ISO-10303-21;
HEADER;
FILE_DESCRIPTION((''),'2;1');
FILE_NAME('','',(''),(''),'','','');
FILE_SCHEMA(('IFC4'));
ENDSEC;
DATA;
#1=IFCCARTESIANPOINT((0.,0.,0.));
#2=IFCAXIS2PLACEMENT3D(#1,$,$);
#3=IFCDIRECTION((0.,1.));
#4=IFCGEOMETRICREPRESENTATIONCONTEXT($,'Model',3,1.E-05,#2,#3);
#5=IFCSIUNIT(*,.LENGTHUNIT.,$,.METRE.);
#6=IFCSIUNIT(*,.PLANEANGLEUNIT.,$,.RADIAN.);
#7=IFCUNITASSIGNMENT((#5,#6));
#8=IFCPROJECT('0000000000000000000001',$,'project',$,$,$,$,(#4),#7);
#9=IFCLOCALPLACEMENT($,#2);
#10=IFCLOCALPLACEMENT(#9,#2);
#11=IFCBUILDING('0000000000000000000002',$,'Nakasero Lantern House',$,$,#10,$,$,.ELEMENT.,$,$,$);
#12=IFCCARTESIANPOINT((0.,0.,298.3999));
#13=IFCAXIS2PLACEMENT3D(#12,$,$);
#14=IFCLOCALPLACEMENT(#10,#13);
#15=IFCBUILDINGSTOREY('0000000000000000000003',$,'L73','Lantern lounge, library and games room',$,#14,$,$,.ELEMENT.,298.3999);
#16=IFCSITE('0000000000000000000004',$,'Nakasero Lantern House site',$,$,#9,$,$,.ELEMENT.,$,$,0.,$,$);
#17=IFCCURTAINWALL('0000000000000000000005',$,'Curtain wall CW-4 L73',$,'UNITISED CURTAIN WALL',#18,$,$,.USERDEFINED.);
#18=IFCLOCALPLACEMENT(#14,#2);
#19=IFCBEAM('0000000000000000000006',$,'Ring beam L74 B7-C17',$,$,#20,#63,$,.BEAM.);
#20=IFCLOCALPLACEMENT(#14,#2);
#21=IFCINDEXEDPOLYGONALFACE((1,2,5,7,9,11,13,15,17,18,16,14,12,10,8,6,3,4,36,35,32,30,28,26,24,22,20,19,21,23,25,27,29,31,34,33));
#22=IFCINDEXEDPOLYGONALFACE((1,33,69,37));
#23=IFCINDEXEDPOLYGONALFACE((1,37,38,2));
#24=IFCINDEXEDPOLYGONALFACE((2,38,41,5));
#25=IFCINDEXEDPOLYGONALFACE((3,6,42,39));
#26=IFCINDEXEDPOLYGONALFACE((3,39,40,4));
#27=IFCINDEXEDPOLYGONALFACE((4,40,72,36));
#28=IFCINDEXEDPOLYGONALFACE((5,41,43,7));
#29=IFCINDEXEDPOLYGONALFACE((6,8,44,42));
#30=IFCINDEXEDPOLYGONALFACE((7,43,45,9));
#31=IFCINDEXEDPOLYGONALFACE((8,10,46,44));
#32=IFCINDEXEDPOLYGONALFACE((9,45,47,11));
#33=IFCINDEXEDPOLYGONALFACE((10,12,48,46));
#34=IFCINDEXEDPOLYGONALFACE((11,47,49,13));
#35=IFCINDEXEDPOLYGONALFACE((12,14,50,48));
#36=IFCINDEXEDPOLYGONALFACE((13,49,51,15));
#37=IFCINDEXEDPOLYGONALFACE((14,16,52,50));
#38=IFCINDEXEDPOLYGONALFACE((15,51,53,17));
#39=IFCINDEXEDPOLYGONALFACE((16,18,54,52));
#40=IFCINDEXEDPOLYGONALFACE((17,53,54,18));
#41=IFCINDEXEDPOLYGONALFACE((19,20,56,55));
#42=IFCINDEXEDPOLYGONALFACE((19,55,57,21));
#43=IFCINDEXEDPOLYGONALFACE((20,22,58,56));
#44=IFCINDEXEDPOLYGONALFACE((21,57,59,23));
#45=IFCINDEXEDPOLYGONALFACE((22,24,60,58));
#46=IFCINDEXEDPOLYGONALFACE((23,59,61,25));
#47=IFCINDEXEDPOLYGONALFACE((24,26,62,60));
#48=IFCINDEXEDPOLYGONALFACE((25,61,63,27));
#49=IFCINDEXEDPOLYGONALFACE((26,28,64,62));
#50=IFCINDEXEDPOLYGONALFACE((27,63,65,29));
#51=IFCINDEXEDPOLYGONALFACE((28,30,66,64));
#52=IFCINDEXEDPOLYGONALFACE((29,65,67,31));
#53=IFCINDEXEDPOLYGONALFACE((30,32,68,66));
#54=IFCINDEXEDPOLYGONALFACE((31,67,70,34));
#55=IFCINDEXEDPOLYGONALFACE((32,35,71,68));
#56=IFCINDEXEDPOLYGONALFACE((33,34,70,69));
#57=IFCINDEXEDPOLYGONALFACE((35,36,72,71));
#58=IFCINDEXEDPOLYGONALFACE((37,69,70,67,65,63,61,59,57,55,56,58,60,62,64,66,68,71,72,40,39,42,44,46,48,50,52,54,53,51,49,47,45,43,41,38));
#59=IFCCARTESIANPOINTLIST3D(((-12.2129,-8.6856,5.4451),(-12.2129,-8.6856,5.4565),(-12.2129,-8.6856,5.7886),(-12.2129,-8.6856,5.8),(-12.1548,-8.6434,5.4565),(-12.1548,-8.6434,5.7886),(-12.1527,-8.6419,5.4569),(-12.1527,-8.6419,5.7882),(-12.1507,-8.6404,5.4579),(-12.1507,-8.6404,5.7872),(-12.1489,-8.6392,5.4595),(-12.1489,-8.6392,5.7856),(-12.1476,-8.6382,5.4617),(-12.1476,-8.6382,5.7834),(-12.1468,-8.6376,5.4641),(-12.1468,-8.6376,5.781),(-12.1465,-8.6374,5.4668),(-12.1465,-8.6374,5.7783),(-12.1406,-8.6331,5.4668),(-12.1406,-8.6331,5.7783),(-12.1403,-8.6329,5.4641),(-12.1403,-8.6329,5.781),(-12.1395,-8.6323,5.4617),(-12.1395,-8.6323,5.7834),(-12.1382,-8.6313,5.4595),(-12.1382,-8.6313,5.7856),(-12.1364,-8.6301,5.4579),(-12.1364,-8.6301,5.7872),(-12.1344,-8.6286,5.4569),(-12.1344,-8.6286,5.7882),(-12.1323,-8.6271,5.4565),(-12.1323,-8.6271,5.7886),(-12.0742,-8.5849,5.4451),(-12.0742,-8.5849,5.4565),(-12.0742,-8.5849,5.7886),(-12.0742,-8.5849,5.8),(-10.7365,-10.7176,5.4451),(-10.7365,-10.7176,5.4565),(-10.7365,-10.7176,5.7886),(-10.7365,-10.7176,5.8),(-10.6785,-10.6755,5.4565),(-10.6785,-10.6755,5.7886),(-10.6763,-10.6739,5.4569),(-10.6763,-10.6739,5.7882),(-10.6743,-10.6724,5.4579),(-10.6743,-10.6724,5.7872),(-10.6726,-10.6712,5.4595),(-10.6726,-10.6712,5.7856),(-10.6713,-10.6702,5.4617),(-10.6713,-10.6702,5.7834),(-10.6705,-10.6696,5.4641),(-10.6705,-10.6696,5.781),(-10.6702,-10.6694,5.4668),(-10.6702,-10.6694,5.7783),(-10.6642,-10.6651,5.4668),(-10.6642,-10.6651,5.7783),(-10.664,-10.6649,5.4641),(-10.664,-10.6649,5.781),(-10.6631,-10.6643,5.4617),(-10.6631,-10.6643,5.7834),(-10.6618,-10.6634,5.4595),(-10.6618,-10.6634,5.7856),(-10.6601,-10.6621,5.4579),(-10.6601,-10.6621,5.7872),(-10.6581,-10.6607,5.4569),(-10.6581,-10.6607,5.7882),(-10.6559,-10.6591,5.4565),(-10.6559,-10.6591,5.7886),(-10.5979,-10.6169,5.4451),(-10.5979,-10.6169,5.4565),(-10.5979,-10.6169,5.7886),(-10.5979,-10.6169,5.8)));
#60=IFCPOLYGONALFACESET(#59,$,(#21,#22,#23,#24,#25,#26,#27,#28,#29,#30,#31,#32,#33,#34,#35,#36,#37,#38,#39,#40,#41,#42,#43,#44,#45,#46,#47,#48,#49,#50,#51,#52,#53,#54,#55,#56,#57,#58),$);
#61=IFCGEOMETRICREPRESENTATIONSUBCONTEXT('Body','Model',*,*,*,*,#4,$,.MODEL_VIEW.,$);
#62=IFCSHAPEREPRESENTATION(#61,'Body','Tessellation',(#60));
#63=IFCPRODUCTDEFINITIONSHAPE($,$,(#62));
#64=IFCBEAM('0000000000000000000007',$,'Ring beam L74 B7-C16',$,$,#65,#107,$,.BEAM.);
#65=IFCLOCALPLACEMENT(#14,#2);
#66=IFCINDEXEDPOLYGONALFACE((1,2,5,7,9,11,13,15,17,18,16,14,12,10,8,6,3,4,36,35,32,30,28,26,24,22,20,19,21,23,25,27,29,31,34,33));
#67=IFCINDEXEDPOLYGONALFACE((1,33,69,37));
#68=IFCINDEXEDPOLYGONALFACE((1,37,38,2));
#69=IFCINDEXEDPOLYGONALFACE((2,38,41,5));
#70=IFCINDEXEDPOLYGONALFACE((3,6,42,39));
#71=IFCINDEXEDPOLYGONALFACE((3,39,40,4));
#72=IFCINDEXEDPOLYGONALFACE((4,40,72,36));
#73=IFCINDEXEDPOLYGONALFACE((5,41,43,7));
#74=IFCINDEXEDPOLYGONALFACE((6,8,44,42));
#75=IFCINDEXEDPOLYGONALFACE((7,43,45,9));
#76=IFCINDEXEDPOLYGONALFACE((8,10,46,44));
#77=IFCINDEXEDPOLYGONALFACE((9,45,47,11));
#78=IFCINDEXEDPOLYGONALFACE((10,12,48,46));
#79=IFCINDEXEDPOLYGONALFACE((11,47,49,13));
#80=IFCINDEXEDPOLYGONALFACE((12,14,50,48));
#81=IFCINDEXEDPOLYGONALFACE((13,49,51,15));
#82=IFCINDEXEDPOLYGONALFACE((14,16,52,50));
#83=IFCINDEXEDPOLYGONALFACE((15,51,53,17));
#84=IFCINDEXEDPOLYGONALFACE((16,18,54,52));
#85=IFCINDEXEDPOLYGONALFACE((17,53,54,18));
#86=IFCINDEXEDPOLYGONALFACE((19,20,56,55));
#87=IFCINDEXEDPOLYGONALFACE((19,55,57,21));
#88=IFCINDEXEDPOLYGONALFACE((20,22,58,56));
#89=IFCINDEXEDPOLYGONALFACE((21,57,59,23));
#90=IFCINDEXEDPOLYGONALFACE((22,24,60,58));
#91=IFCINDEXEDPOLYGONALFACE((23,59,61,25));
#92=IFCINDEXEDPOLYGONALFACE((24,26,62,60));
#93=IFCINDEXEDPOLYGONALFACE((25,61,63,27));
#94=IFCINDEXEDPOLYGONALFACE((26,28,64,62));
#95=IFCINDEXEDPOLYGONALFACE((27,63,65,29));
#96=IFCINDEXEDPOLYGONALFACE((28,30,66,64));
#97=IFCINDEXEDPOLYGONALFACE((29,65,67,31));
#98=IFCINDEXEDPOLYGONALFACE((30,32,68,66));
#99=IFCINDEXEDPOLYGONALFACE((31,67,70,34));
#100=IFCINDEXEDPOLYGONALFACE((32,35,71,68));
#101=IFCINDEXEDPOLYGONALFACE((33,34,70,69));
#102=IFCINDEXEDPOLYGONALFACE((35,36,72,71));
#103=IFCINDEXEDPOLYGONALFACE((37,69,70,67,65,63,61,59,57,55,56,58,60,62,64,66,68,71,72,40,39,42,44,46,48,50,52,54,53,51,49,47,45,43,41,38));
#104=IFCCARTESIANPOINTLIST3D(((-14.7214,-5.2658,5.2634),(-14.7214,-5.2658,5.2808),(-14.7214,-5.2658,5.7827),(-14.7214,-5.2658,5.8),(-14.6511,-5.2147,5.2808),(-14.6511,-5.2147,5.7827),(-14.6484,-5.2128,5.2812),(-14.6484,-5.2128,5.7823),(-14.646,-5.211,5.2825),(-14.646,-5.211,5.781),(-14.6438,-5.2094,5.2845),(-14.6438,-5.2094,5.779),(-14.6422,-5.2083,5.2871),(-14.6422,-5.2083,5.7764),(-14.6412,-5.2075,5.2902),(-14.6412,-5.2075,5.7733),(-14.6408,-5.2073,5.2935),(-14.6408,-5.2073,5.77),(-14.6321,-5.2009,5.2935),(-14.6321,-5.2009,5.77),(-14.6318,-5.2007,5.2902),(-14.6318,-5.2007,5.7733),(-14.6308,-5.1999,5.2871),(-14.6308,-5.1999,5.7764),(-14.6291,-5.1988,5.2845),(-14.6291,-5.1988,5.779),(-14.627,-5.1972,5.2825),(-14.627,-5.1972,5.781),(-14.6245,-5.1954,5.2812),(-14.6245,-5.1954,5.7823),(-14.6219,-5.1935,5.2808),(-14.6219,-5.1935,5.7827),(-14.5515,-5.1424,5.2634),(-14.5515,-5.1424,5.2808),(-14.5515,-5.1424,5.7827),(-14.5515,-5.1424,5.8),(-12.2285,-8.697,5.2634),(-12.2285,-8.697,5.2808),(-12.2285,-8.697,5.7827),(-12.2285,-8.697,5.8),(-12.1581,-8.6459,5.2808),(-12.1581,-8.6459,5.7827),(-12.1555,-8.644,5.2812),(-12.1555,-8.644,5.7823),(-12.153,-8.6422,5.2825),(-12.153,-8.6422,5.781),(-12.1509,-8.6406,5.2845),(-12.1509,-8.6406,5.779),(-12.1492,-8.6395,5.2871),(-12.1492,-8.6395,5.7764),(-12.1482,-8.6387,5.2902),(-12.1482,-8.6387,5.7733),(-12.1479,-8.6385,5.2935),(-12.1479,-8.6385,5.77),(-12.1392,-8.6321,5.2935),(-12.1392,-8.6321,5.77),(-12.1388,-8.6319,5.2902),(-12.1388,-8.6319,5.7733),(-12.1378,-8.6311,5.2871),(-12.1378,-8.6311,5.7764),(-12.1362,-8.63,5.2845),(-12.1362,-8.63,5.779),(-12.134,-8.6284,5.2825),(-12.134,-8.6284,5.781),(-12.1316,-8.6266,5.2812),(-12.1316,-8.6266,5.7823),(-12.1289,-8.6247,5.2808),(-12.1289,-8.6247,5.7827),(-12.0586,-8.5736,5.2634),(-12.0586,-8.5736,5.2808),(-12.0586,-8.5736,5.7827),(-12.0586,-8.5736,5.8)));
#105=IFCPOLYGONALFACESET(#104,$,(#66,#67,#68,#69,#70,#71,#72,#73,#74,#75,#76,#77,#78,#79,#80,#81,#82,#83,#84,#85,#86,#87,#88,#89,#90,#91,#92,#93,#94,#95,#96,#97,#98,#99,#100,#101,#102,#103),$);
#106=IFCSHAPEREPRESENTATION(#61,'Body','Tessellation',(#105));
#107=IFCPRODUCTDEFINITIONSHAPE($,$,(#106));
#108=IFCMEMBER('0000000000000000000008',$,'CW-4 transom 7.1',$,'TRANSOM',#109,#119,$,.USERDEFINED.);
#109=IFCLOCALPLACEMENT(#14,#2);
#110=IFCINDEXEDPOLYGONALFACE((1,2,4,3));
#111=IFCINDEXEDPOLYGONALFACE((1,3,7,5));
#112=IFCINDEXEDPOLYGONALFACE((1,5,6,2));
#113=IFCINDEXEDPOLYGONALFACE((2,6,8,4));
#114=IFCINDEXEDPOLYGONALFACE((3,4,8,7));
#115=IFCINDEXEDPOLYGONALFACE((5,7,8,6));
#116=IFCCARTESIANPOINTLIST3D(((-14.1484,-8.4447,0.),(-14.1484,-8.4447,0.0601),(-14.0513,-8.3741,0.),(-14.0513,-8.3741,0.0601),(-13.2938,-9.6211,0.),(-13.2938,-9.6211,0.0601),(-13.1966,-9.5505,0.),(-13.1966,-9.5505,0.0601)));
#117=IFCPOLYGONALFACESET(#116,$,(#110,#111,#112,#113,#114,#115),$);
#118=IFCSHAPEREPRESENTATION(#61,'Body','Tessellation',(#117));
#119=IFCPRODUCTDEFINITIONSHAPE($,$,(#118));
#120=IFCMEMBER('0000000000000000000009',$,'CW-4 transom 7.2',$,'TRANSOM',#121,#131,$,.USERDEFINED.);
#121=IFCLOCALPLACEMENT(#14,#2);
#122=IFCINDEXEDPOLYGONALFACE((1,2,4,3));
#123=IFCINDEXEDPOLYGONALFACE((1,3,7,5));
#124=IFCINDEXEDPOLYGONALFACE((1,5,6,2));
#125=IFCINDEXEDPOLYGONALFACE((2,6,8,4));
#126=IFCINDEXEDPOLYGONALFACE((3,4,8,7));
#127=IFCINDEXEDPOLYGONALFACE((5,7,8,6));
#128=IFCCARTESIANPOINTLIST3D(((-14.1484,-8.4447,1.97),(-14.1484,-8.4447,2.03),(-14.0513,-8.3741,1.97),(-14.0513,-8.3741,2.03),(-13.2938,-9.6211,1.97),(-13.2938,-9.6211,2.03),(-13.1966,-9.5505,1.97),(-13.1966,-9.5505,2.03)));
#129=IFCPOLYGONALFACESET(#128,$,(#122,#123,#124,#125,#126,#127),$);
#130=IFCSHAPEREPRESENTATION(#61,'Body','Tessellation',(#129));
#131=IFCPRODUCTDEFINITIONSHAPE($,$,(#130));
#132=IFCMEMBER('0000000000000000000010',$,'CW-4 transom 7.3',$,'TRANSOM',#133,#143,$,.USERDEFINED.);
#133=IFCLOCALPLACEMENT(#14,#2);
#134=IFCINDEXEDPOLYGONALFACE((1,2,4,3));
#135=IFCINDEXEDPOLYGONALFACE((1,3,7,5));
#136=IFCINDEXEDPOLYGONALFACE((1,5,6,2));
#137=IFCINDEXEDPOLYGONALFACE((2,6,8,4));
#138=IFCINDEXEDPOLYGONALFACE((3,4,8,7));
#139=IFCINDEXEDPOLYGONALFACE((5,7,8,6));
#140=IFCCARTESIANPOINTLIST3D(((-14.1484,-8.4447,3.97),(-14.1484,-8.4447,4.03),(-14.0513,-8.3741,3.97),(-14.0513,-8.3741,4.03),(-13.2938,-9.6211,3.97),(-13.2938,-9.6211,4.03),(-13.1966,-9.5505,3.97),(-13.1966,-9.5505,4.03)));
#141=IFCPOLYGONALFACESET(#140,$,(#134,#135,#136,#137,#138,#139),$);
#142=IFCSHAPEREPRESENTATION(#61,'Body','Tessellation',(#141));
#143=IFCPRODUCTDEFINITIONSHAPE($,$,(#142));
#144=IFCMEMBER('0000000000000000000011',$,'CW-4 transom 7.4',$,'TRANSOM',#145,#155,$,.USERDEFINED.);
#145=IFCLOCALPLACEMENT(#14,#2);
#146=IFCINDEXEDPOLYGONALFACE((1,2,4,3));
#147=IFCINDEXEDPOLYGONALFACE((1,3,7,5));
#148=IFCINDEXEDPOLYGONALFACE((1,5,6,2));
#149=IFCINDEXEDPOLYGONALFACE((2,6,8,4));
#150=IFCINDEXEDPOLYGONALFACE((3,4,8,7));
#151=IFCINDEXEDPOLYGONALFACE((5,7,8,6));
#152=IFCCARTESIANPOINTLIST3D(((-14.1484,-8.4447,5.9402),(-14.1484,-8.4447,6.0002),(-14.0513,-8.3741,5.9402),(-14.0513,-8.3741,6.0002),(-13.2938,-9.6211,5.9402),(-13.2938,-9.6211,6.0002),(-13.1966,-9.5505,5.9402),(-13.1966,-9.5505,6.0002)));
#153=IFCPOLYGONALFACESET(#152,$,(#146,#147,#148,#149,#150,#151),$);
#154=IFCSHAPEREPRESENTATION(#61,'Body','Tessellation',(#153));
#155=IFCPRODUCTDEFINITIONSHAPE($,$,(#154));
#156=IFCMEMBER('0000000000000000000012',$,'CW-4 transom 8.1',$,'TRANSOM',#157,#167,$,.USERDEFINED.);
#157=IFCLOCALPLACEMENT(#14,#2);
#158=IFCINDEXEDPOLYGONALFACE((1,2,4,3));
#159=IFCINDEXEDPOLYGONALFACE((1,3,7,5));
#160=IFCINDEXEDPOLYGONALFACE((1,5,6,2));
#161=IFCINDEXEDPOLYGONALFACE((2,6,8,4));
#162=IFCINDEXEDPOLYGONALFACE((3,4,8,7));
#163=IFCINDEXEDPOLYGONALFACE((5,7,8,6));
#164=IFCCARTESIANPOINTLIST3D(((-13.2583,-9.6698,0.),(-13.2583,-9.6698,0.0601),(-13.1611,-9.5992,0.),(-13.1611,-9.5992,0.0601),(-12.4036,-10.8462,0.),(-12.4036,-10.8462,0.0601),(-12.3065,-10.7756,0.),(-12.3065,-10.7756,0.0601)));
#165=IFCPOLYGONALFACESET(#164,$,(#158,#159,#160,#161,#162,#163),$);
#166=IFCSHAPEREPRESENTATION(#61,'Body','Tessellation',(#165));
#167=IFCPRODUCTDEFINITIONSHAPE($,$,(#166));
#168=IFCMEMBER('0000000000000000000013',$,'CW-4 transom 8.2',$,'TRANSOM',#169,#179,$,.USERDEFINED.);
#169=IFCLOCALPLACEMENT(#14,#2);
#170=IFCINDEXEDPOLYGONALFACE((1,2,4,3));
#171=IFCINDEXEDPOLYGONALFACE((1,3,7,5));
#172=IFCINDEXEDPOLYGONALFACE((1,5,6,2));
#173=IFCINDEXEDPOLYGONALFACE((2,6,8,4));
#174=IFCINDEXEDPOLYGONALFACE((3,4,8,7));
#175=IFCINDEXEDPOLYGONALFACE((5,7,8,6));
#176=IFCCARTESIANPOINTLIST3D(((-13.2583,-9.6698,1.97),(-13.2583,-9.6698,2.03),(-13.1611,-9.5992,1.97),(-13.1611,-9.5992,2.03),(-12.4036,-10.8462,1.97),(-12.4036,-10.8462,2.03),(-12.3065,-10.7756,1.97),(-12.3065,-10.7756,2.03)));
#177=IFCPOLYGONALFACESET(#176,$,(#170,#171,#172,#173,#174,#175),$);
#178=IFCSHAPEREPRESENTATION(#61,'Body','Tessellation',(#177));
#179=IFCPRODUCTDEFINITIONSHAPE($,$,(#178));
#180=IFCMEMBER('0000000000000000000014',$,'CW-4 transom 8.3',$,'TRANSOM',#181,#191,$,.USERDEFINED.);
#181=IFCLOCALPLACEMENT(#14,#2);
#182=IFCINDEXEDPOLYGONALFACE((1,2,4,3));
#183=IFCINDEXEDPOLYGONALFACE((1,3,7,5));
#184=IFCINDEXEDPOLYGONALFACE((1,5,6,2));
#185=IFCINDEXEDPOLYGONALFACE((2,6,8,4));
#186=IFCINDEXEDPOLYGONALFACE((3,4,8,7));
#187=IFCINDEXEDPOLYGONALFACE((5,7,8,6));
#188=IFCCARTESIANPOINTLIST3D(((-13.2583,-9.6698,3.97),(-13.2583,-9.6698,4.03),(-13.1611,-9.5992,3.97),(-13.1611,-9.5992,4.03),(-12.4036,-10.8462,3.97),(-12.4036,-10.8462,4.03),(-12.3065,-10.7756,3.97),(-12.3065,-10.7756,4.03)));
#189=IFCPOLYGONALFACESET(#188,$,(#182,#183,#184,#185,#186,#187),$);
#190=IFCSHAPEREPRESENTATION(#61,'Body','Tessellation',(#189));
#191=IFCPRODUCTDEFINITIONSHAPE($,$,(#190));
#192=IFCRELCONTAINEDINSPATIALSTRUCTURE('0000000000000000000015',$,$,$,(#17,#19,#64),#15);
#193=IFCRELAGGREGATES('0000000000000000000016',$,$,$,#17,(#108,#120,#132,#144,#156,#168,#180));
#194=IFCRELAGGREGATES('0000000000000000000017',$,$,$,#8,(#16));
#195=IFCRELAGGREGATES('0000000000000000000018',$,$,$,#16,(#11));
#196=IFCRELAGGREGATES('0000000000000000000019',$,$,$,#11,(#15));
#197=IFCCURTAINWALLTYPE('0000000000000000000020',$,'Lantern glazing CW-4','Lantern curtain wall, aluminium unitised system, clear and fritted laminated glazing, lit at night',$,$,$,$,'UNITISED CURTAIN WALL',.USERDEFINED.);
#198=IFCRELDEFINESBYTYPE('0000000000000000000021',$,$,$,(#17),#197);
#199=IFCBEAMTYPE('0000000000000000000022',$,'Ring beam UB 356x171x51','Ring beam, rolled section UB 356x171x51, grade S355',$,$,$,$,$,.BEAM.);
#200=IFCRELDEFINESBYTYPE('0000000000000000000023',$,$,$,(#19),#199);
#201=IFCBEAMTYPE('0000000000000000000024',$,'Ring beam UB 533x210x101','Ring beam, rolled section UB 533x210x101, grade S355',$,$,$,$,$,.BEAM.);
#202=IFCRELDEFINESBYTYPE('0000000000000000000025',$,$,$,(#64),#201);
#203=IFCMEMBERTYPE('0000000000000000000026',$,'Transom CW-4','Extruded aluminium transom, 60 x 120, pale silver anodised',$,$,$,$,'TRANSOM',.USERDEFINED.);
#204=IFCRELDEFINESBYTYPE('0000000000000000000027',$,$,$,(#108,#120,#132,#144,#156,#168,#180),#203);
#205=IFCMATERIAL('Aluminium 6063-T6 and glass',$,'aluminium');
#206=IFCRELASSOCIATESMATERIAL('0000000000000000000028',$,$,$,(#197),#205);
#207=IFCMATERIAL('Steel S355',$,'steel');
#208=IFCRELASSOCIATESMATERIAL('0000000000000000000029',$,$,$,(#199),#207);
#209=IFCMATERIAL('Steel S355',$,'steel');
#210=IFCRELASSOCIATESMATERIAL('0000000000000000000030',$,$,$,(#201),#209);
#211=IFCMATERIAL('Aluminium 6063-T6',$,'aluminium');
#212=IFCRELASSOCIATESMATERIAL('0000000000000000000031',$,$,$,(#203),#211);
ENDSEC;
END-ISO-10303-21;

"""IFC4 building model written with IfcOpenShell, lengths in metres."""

from ifc_helpers import new_model, si_unit, direction, frame, origin, origin_2d, place, context, subcontext, project, spatial, rectangle, i_section, extrude, material, material_profile, profile_set, type_object, element, aggregate, save


model = new_model("IFC4")

# Units and contexts
model_context = context("Model", 3, precision=1e-05, world=origin(), true_north=direction((0.0, 1.0)))
body_context = subcontext(model_context, "Body", "Model", "MODEL_VIEW")
ifc_project = project(units=[si_unit("LENGTHUNIT", "METRE"), si_unit("PLANEANGLEUNIT", "RADIAN")], contexts=[model_context])

# Site, building, storey
site_placement = place(None, origin())
site = spatial("IfcSite", under=ifc_project, at=site_placement, Name="Nakasero Lantern House site", CompositionType="ELEMENT", RefElevation=0.0)
building_placement = place(site_placement, origin())
building = spatial("IfcBuilding", under=site, at=building_placement, Name="Nakasero Lantern House", CompositionType="ELEMENT")
storey_placement = place(building_placement, frame((0.0, 0.0, 298.3999)))
storey = spatial("IfcBuildingStorey", under=building, at=storey_placement, Name="L73", Description="Lantern lounge, library and games room", CompositionType="ELEMENT", Elevation=298.3999)

# Curtain wall
ifc_material_1 = material(Name="Aluminium 6063-T6 and glass", Category="aluminium")
curtain_wall_type = type_object("IfcCurtainWallType", Name="Lantern glazing CW-4", Description="Lantern curtain wall, aluminium unitised system, clear and fritted laminated glazing, lit at night", ElementType="UNITISED CURTAIN WALL", PredefinedType="USERDEFINED", material=ifc_material_1)
curtain_wall_placement = place(storey_placement, origin())
curtain_wall = element("IfcCurtainWall", 1, at=curtain_wall_placement, inside=storey, type_object=curtain_wall_type, Name="Curtain wall CW-4 L73", ObjectType="UNITISED CURTAIN WALL", PredefinedType="USERDEFINED")

# Beams
ifc_material_2 = material(Name="Steel S355", Category="steel")
ifc_material_profile_1 = material_profile(ifc_material_2, i_section(OverallWidth=0.1714, OverallDepth=0.355, WebThickness=0.0073, FlangeThickness=0.0115, FilletRadius=0.0103, at=origin_2d()), Name="UB 356x171x51")
ifc_profile_set_1 = profile_set([ifc_material_profile_1], Name="Steel S355")
beam_type_1 = type_object("IfcBeamType", Name="Ring beam UB 356x171x51", Description="Ring beam, rolled section UB 356x171x51, grade S355", PredefinedType="BEAM", material=ifc_profile_set_1)
beam_1_placement = place(storey_placement, frame((-12.1436, -8.6353, 5.6226), z_axis=(0.587784, -0.809018, 0.0), x_axis=(0.809018, 0.587784, 0.0)))
element("IfcBeam", 2, at=beam_1_placement, inside=storey, type_object=beam_type_1, Name="Ring beam L74 B7-C17", PredefinedType="BEAM", context=body_context, shape_type="SweptSolid", body=[
    extrude(i_section(OverallWidth=0.1714, OverallDepth=0.355, WebThickness=0.0073, FlangeThickness=0.0115, FilletRadius=0.0103, at=origin_2d()), origin(), (0.0, 0.0, 1.0), 2.5117),
])
ifc_material_3 = material(Name="Steel S355", Category="steel")
ifc_material_profile_2 = material_profile(ifc_material_3, i_section(OverallWidth=0.21, OverallDepth=0.5366, WebThickness=0.0107, FlangeThickness=0.0173, FilletRadius=0.0127, at=origin_2d()), Name="UB 533x210x101")
ifc_profile_set_2 = profile_set([ifc_material_profile_2], Name="Steel S355")
beam_type_2 = type_object("IfcBeamType", Name="Ring beam UB 533x210x101", Description="Ring beam, rolled section UB 533x210x101, grade S355", PredefinedType="BEAM", material=ifc_profile_set_2)
beam_2_placement = place(storey_placement, frame((-14.6365, -5.2041, 5.5317), z_axis=(0.587792, -0.809012, 0.0), x_axis=(0.809012, 0.587792, 0.0)))
element("IfcBeam", 3, at=beam_2_placement, inside=storey, type_object=beam_type_2, Name="Ring beam L74 B7-C16", PredefinedType="BEAM", context=body_context, shape_type="SweptSolid", body=[
    extrude(i_section(OverallWidth=0.21, OverallDepth=0.5366, WebThickness=0.0107, FlangeThickness=0.0173, FilletRadius=0.0127, at=origin_2d()), origin(), (0.0, 0.0, 1.0), 4.2412),
])

# Members
ifc_material_4 = material(Name="Aluminium 6063-T6", Category="aluminium")
ifc_material_profile_3 = material_profile(ifc_material_4, rectangle(XDim=0.0601, YDim=0.1201, at=origin_2d()), Name="CW-4 transom 60x120")
ifc_profile_set_3 = profile_set([ifc_material_profile_3], Name="Aluminium 6063-T6")
member_type_1 = type_object("IfcMemberType", Name="Transom CW-4", Description="Extruded aluminium transom, 60 x 120, pale silver anodised", ElementType="TRANSOM", PredefinedType="USERDEFINED", material=ifc_profile_set_3)
member_1_placement = place(storey_placement, frame((-14.0999, -8.4094, 0.03), z_axis=(0.587762, -0.809034, 0.0), x_axis=(0.0, 0.0, 1.0)))
member_1 = element("IfcMember", 4, at=member_1_placement, type_object=member_type_1, Name="CW-4 transom 7.1", ObjectType="TRANSOM", PredefinedType="USERDEFINED", context=body_context, shape_type="SweptSolid", body=[
    extrude(rectangle(XDim=0.0601, YDim=0.1201, at=origin_2d()), origin(), (0.0, 0.0, 1.0), 1.4541),
])
member_2_placement = place(storey_placement, frame((-14.0999, -8.4094, 2.0), z_axis=(0.587762, -0.809034, 0.0), x_axis=(0.0, 0.0, 1.0)))
member_2 = element("IfcMember", 5, at=member_2_placement, type_object=member_type_1, Name="CW-4 transom 7.2", ObjectType="TRANSOM", PredefinedType="USERDEFINED", context=body_context, shape_type="SweptSolid", body=[
    extrude(rectangle(XDim=0.0601, YDim=0.1201, at=origin_2d()), origin(), (0.0, 0.0, 1.0), 1.4541),
])
member_3_placement = place(storey_placement, frame((-14.0999, -8.4094, 4.0), z_axis=(0.587762, -0.809034, 0.0), x_axis=(0.0, 0.0, 1.0)))
member_3 = element("IfcMember", 6, at=member_3_placement, type_object=member_type_1, Name="CW-4 transom 7.3", ObjectType="TRANSOM", PredefinedType="USERDEFINED", context=body_context, shape_type="SweptSolid", body=[
    extrude(rectangle(XDim=0.0601, YDim=0.1201, at=origin_2d()), origin(), (0.0, 0.0, 1.0), 1.4541),
])
member_4_placement = place(storey_placement, frame((-14.0999, -8.4094, 5.9702), z_axis=(0.587762, -0.809034, 0.0), x_axis=(0.0, 0.0, 1.0)))
member_4 = element("IfcMember", 7, at=member_4_placement, type_object=member_type_1, Name="CW-4 transom 7.4", ObjectType="TRANSOM", PredefinedType="USERDEFINED", context=body_context, shape_type="SweptSolid", body=[
    extrude(rectangle(XDim=0.0601, YDim=0.1201, at=origin_2d()), origin(), (0.0, 0.0, 1.0), 1.4541),
])
member_5_placement = place(storey_placement, frame((-13.2097, -9.6345, 0.03), z_axis=(0.587762, -0.809034, 0.0), x_axis=(0.0, 0.0, 1.0)))
member_5 = element("IfcMember", 8, at=member_5_placement, type_object=member_type_1, Name="CW-4 transom 8.1", ObjectType="TRANSOM", PredefinedType="USERDEFINED", context=body_context, shape_type="SweptSolid", body=[
    extrude(rectangle(XDim=0.0601, YDim=0.1201, at=origin_2d()), origin(), (0.0, 0.0, 1.0), 1.4541),
])
member_6_placement = place(storey_placement, frame((-13.2097, -9.6345, 2.0), z_axis=(0.587762, -0.809034, 0.0), x_axis=(0.0, 0.0, 1.0)))
member_6 = element("IfcMember", 9, at=member_6_placement, type_object=member_type_1, Name="CW-4 transom 8.2", ObjectType="TRANSOM", PredefinedType="USERDEFINED", context=body_context, shape_type="SweptSolid", body=[
    extrude(rectangle(XDim=0.0601, YDim=0.1201, at=origin_2d()), origin(), (0.0, 0.0, 1.0), 1.4541),
])
member_7_placement = place(storey_placement, frame((-13.2097, -9.6345, 4.0), z_axis=(0.587762, -0.809034, 0.0), x_axis=(0.0, 0.0, 1.0)))
member_7 = element("IfcMember", 10, at=member_7_placement, type_object=member_type_1, Name="CW-4 transom 8.3", ObjectType="TRANSOM", PredefinedType="USERDEFINED", context=body_context, shape_type="SweptSolid", body=[
    extrude(rectangle(XDim=0.0601, YDim=0.1201, at=origin_2d()), origin(), (0.0, 0.0, 1.0), 1.4541),
])

aggregate(curtain_wall, [member_1, member_2, member_3, member_4, member_5, member_6, member_7])

save(model, "model.ifc")
